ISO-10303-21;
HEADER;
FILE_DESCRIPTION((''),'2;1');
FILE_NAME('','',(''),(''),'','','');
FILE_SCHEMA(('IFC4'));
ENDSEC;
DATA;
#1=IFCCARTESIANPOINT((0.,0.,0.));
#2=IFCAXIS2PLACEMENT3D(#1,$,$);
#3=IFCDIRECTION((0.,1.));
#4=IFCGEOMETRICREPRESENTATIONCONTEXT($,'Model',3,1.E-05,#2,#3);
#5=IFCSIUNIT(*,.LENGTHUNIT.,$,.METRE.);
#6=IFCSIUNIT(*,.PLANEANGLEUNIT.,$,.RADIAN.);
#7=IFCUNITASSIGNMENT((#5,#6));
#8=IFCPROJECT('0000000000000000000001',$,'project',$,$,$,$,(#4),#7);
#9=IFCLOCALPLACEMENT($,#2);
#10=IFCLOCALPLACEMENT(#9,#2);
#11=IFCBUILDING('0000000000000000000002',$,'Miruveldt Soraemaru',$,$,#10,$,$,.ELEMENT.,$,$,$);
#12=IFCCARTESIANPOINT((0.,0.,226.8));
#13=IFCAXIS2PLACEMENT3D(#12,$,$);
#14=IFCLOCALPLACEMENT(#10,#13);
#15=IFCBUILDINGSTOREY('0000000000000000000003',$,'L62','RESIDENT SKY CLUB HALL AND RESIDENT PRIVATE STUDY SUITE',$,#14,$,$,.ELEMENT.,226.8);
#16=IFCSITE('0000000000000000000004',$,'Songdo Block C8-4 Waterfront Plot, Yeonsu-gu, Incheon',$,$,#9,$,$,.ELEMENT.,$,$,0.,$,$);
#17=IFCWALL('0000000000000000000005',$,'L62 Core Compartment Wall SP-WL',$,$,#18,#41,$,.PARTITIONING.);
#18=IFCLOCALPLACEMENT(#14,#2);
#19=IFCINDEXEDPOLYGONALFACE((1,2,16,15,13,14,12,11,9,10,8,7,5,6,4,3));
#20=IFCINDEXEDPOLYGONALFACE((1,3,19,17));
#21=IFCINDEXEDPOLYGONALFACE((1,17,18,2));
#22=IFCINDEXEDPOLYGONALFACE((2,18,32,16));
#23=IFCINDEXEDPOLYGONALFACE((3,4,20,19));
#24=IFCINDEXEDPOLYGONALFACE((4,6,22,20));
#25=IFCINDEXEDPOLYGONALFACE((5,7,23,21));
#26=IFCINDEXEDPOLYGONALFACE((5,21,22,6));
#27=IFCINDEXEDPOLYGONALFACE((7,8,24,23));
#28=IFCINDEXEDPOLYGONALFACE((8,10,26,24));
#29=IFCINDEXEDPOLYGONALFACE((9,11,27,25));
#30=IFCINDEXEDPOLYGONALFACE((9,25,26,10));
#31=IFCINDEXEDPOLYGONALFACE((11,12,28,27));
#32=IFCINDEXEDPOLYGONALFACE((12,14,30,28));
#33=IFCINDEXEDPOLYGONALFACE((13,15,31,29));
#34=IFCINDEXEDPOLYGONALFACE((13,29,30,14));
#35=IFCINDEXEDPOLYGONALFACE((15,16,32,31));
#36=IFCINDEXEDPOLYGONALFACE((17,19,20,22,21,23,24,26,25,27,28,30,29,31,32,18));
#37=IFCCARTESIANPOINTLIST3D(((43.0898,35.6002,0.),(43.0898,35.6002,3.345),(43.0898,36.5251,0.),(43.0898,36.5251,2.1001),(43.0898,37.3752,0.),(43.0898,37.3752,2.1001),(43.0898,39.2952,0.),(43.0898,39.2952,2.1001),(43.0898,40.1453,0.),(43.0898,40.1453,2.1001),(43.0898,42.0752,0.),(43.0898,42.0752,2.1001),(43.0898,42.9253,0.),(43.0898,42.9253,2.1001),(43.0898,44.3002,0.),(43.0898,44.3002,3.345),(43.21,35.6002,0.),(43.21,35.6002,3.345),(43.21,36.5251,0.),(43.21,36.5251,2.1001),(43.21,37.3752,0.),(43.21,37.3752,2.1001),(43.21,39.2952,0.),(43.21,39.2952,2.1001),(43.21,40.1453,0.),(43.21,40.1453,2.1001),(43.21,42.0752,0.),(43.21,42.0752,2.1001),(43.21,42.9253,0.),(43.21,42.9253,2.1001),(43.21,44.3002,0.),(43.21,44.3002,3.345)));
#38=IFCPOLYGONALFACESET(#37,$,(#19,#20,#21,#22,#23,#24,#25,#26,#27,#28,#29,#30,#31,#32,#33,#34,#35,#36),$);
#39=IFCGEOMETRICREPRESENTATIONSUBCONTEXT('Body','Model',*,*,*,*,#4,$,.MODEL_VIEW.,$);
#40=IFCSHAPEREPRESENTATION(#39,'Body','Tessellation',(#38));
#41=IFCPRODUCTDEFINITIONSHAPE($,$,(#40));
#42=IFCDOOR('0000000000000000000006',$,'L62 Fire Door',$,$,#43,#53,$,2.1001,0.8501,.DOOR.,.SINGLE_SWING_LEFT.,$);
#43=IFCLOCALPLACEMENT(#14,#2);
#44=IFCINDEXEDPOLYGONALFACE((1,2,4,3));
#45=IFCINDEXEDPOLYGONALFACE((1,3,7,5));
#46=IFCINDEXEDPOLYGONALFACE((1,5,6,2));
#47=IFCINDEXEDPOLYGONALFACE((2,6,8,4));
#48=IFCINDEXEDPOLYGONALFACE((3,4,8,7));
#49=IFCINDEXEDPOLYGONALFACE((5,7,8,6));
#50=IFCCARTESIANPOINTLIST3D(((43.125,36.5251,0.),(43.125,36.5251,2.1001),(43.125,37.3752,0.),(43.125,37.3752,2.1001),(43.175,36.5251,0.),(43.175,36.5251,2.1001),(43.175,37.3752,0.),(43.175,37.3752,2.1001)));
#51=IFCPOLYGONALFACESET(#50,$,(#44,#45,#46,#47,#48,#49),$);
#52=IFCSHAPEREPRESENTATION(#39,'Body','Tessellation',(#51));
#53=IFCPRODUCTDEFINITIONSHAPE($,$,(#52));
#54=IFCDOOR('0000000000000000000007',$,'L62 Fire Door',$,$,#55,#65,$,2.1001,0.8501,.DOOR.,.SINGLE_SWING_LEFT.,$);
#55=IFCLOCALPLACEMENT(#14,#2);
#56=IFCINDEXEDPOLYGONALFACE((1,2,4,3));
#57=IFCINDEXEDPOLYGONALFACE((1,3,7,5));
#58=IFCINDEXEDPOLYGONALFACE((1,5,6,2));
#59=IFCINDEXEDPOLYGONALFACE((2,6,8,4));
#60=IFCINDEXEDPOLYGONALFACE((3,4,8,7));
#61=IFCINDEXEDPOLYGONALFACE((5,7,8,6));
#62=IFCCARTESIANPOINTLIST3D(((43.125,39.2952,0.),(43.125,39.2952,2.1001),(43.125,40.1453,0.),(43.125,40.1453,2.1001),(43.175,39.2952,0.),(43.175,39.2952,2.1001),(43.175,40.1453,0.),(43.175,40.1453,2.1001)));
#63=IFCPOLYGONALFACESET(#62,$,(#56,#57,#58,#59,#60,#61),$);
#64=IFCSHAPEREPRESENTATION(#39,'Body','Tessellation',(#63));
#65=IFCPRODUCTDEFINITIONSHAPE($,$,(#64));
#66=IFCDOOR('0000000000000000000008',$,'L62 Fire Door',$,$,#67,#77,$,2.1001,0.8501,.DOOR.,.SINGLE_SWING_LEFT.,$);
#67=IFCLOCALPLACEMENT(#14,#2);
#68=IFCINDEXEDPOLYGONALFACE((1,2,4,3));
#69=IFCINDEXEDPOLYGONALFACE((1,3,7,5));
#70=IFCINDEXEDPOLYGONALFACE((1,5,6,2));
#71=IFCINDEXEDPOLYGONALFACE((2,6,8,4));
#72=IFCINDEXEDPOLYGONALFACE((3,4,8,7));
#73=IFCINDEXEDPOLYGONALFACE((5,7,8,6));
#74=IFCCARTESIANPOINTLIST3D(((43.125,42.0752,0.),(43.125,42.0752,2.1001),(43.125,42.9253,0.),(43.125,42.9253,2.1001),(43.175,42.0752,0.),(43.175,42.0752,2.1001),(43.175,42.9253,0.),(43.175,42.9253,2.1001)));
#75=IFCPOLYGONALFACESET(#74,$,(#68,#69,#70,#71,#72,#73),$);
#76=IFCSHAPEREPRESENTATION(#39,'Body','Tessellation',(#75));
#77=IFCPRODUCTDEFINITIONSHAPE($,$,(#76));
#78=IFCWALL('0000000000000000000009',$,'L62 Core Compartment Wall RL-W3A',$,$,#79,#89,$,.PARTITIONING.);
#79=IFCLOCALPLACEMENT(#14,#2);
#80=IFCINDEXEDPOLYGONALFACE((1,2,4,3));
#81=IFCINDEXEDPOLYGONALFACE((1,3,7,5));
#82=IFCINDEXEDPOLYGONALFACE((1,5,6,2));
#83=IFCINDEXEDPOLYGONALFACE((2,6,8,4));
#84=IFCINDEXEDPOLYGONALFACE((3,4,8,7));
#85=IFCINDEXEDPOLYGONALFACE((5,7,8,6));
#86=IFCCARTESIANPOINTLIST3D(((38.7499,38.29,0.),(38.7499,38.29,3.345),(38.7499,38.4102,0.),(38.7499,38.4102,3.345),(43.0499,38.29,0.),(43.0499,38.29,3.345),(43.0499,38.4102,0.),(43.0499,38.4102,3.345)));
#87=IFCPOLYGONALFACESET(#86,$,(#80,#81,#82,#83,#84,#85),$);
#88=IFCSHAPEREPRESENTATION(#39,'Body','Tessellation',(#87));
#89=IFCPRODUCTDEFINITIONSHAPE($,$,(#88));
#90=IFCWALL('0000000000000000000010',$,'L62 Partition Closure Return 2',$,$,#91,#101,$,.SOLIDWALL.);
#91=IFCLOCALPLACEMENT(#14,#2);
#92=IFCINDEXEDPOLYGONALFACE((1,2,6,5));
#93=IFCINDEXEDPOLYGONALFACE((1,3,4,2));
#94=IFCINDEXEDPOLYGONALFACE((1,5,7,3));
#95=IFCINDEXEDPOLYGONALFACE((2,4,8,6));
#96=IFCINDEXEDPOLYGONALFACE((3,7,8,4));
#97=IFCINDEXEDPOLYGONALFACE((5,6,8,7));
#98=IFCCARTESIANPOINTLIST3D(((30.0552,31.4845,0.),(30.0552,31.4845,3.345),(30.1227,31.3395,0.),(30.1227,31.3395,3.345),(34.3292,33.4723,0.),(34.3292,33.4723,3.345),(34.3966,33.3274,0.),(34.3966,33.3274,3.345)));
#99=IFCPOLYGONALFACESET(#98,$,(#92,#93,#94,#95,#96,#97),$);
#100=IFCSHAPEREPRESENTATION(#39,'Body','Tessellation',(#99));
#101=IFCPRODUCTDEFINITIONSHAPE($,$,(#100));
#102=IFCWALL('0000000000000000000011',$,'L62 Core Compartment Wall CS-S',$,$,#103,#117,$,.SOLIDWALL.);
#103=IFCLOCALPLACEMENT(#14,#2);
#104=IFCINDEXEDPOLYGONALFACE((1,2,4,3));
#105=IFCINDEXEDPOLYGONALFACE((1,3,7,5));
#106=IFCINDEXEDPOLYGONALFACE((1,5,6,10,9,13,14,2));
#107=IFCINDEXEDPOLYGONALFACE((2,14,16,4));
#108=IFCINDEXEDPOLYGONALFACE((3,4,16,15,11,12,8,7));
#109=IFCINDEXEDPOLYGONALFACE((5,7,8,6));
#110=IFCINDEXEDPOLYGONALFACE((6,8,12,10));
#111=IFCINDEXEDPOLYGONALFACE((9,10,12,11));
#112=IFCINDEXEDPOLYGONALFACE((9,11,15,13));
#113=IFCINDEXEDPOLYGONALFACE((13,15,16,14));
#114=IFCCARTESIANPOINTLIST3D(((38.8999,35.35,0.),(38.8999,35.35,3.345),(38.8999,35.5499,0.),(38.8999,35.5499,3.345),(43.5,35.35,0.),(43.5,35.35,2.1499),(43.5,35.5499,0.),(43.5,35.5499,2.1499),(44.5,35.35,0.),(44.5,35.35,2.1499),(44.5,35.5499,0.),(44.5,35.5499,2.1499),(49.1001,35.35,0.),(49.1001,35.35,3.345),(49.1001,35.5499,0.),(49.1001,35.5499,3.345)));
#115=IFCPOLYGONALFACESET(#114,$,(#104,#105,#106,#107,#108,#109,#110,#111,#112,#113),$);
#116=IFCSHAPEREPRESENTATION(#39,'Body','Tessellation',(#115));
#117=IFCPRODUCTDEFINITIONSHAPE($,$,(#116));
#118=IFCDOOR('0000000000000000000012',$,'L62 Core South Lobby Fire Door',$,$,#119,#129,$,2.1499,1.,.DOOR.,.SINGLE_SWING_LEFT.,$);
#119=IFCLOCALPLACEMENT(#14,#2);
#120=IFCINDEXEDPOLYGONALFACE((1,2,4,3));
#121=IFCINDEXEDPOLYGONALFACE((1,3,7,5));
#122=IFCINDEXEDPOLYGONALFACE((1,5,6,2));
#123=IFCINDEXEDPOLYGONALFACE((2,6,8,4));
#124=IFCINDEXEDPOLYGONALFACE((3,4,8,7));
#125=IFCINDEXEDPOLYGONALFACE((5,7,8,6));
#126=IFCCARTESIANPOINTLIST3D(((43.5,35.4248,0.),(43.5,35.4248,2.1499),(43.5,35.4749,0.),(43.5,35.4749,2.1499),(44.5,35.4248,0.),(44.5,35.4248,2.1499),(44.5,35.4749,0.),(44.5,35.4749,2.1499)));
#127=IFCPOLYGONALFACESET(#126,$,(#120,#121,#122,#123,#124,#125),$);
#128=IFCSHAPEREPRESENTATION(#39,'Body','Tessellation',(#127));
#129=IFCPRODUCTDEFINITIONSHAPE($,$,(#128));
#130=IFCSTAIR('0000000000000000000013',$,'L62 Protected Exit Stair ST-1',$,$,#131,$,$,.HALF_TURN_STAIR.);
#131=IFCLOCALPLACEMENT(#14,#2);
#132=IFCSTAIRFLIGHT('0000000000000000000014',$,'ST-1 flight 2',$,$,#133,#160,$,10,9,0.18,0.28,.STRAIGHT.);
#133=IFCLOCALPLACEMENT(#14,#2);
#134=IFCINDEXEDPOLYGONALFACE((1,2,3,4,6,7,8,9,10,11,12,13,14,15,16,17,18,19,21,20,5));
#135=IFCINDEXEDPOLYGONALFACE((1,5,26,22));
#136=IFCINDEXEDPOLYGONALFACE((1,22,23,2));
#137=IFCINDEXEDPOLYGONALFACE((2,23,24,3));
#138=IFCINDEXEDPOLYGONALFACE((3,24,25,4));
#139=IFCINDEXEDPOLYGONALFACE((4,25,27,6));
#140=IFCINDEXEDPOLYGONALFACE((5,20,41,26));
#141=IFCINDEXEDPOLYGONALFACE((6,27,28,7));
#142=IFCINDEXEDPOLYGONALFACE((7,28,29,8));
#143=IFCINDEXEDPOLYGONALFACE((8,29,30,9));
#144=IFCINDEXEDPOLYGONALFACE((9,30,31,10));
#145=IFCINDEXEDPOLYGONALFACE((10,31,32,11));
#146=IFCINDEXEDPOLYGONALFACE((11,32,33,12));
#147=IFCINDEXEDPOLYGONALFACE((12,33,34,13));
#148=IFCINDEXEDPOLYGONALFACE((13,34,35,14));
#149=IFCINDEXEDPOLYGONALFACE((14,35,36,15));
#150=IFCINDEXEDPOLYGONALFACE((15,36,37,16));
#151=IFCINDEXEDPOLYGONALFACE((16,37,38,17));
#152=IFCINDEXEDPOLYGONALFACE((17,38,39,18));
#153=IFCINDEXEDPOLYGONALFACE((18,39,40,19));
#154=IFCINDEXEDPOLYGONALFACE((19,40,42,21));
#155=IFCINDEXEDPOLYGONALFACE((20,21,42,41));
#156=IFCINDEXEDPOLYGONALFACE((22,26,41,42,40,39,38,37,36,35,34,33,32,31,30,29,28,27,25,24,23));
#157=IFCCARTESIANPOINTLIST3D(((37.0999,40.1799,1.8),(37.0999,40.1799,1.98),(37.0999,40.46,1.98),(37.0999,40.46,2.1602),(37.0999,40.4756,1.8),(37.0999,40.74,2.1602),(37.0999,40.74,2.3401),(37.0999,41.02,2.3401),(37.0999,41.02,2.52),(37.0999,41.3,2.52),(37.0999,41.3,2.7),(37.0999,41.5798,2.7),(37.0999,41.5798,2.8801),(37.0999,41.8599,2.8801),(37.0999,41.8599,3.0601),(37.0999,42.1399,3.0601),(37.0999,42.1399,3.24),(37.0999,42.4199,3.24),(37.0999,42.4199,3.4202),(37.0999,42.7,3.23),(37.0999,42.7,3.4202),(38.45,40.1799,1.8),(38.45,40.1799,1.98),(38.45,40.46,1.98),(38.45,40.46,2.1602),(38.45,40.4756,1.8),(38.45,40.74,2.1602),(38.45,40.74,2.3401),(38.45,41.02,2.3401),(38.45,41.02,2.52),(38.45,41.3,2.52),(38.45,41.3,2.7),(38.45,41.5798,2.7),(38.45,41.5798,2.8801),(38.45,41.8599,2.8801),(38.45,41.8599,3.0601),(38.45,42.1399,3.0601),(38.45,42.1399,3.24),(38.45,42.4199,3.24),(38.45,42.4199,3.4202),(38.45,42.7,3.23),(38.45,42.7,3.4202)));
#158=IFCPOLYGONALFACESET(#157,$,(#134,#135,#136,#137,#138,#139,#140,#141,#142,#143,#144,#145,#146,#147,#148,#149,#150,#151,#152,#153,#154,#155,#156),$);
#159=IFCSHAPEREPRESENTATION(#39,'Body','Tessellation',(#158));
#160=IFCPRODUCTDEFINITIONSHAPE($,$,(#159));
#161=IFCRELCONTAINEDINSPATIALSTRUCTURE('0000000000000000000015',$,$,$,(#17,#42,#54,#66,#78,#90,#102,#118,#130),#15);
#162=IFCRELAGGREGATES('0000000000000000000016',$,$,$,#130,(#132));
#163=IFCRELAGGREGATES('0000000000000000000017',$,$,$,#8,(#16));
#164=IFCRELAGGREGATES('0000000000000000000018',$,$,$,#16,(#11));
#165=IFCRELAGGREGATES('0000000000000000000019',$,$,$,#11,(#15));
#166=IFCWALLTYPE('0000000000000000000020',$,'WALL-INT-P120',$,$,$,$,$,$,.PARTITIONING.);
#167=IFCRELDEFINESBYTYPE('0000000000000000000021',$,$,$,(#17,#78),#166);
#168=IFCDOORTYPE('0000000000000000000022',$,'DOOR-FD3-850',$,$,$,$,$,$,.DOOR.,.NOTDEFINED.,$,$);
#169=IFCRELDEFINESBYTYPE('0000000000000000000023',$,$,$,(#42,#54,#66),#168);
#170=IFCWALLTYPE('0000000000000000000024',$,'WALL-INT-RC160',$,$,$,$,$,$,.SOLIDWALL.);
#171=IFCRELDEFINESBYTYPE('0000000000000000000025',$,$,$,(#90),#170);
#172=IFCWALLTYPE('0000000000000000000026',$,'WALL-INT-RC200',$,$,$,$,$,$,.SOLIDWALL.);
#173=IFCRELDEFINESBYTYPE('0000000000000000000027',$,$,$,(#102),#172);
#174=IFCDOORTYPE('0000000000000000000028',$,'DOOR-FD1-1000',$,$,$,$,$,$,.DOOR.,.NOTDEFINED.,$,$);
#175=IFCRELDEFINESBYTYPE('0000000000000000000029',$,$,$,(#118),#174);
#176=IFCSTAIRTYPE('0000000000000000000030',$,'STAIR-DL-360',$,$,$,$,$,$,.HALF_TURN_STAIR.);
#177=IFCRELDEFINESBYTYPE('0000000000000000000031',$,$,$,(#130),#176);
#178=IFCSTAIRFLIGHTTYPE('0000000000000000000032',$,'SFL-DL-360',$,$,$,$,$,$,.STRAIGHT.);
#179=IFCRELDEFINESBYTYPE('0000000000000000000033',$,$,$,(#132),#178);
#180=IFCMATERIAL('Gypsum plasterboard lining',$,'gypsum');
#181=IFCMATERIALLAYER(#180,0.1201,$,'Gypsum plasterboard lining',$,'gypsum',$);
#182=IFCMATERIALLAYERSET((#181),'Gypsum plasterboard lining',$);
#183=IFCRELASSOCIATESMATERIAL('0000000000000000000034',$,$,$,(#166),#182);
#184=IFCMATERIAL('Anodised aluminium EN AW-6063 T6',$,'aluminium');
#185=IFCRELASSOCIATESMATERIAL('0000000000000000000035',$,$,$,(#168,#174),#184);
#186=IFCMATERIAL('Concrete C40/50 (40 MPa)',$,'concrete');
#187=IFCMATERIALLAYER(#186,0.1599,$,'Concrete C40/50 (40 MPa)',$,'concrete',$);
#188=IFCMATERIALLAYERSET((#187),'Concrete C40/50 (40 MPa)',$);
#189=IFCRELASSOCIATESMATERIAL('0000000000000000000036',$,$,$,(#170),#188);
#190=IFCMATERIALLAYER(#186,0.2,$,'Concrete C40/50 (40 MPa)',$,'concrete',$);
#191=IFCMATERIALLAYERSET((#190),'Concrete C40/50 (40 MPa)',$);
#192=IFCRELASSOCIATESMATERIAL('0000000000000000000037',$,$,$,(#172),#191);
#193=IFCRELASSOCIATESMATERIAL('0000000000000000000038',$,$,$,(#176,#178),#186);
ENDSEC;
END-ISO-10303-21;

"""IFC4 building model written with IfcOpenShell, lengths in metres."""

from ifc_helpers import new_model, si_unit, direction, frame, frame_2d, origin, place, context, subcontext, project, spatial, polyline, rectangle, outline, extrude, material, layer, layer_set, type_object, element, fill, aggregate, save


model = new_model("IFC4")

# Units and contexts
model_context = context("Model", 3, precision=1e-05, world=origin(), true_north=direction((0.0, 1.0)))
body_context = subcontext(model_context, "Body", "Model", "MODEL_VIEW")
ifc_project = project(units=[si_unit("LENGTHUNIT", "METRE"), si_unit("PLANEANGLEUNIT", "RADIAN")], contexts=[model_context])

# Site, building, storey
site_placement = place(None, origin())
site = spatial("IfcSite", under=ifc_project, at=site_placement, Name="Songdo Block C8-4 Waterfront Plot, Yeonsu-gu, Incheon", CompositionType="ELEMENT", RefElevation=0.0)
building_placement = place(site_placement, origin())
building = spatial("IfcBuilding", under=site, at=building_placement, Name="Miruveldt Soraemaru", CompositionType="ELEMENT")
storey_placement = place(building_placement, frame((0.0, 0.0, 226.8)))
storey = spatial("IfcBuildingStorey", under=building, at=storey_placement, Name="L62", Description="RESIDENT SKY CLUB HALL AND RESIDENT PRIVATE STUDY SUITE", CompositionType="ELEMENT", Elevation=226.8)

# Shared definitions
ifc_material_1 = material(Name="Anodised aluminium EN AW-6063 T6", Category="aluminium")

# Wall, openings, doors
ifc_material_2 = material(Name="Gypsum plasterboard lining", Category="gypsum")
ifc_layer_1 = layer(ifc_material_2, 0.1201, Name="Gypsum plasterboard lining", Category="gypsum")
ifc_layer_set_1 = layer_set([ifc_layer_1], Name="Gypsum plasterboard lining")
wall_type_1 = type_object("IfcWallType", Name="WALL-INT-P120", PredefinedType="PARTITIONING", material=ifc_layer_set_1)
wall_1_placement = place(storey_placement, frame((43.1499, 35.6001, 0.0), z_axis=(0.0, 0.0, 1.0), x_axis=(0.0, 1.0, 0.0)))
wall_1 = element("IfcWall", 1, at=wall_1_placement, inside=storey, type_object=wall_type_1, Name="L62 Core Compartment Wall SP-WL", PredefinedType="PARTITIONING", context=body_context, shape_type="SweptSolid", body=[
    extrude(rectangle(XDim=8.7, YDim=0.1201, at=frame_2d((4.3501, 0.0))), origin(), (0.0, 0.0, 1.0), 3.345),
])
opening_1_placement = place(wall_1_placement, frame((0.925, 0.0, 0.0)))
opening_1 = element("IfcOpeningElement", 2, at=opening_1_placement, cuts=wall_1, PredefinedType="OPENING", context=body_context, shape_type="SweptSolid", body=[
    extrude(rectangle(XDim=0.8501, YDim=2.1001, at=frame_2d((0.425, 1.05))), frame((0.0, 0.0701, 0.0), z_axis=(0.0, -1.0, 0.0), x_axis=(1.0, 0.0, 0.0)), (0.0, 0.0, 1.0), 0.1401),
])
opening_2_placement = place(wall_1_placement, frame((3.6951, 0.0, 0.0)))
opening_2 = element("IfcOpeningElement", 3, at=opening_2_placement, cuts=wall_1, PredefinedType="OPENING", context=body_context, shape_type="SweptSolid", body=[
    extrude(rectangle(XDim=0.8501, YDim=2.1001, at=frame_2d((0.425, 1.05))), frame((0.0, 0.0701, 0.0), z_axis=(0.0, -1.0, 0.0), x_axis=(1.0, 0.0, 0.0)), (0.0, 0.0, 1.0), 0.1401),
])
opening_3_placement = place(wall_1_placement, frame((6.4751, 0.0, 0.0)))
opening_3 = element("IfcOpeningElement", 4, at=opening_3_placement, cuts=wall_1, PredefinedType="OPENING", context=body_context, shape_type="SweptSolid", body=[
    extrude(rectangle(XDim=0.8501, YDim=2.1001, at=frame_2d((0.425, 1.05))), frame((0.0, 0.0701, 0.0), z_axis=(0.0, -1.0, 0.0), x_axis=(1.0, 0.0, 0.0)), (0.0, 0.0, 1.0), 0.1401),
])
door_type_1 = type_object("IfcDoorType", Name="DOOR-FD3-850", OperationType="NOTDEFINED", PredefinedType="DOOR", material=ifc_material_1)
door_1_placement = place(opening_1_placement, origin())
door_1 = element("IfcDoor", 5, at=door_1_placement, inside=storey, type_object=door_type_1, Name="L62 Fire Door", OperationType="SINGLE_SWING_LEFT", OverallHeight=2.1001, OverallWidth=0.8501, PredefinedType="DOOR", context=body_context, shape_type="SweptSolid", body=[
    extrude(rectangle(XDim=0.8501, YDim=2.1001, at=frame_2d((0.425, 1.05))), frame((0.0, 0.0249, 0.0), z_axis=(0.0, -1.0, 0.0), x_axis=(1.0, 0.0, 0.0)), (0.0, 0.0, 1.0), 0.05),
])
fill(opening_1, door_1)
door_2_placement = place(opening_2_placement, origin())
door_2 = element("IfcDoor", 6, at=door_2_placement, inside=storey, type_object=door_type_1, Name="L62 Fire Door", OperationType="SINGLE_SWING_LEFT", OverallHeight=2.1001, OverallWidth=0.8501, PredefinedType="DOOR", context=body_context, shape_type="SweptSolid", body=[
    extrude(rectangle(XDim=0.8501, YDim=2.1001, at=frame_2d((0.425, 1.05))), frame((0.0, 0.0249, 0.0), z_axis=(0.0, -1.0, 0.0), x_axis=(1.0, 0.0, 0.0)), (0.0, 0.0, 1.0), 0.05),
])
fill(opening_2, door_2)
door_3_placement = place(opening_3_placement, origin())
door_3 = element("IfcDoor", 7, at=door_3_placement, inside=storey, type_object=door_type_1, Name="L62 Fire Door", OperationType="SINGLE_SWING_LEFT", OverallHeight=2.1001, OverallWidth=0.8501, PredefinedType="DOOR", context=body_context, shape_type="SweptSolid", body=[
    extrude(rectangle(XDim=0.8501, YDim=2.1001, at=frame_2d((0.425, 1.05))), frame((0.0, 0.0249, 0.0), z_axis=(0.0, -1.0, 0.0), x_axis=(1.0, 0.0, 0.0)), (0.0, 0.0, 1.0), 0.05),
])
fill(opening_3, door_3)

# Walls
wall_2_placement = place(storey_placement, frame((38.75, 38.3501, 0.0), z_axis=(0.0, 0.0, 1.0), x_axis=(1.0, 0.0, 0.0)))
element("IfcWall", 8, at=wall_2_placement, inside=storey, type_object=wall_type_1, Name="L62 Core Compartment Wall RL-W3A", PredefinedType="PARTITIONING", context=body_context, shape_type="SweptSolid", body=[
    extrude(rectangle(XDim=4.3, YDim=0.1201, at=frame_2d((2.1499, 0.0))), origin(), (0.0, 0.0, 1.0), 3.345),
])
ifc_material_3 = material(Name="Concrete C40/50 (40 MPa)", Category="concrete")
ifc_layer_2 = layer(ifc_material_3, 0.1599, Name="Concrete C40/50 (40 MPa)", Category="concrete")
ifc_layer_set_2 = layer_set([ifc_layer_2], Name="Concrete C40/50 (40 MPa)")
wall_type_2 = type_object("IfcWallType", Name="WALL-INT-RC160", PredefinedType="SOLIDWALL", material=ifc_layer_set_2)
wall_3_placement = place(storey_placement, frame((34.363, 33.3999, 0.0), z_axis=(0.0, 0.0, 1.0), x_axis=(-0.906728, -0.421717, 0.0)))
element("IfcWall", 9, at=wall_3_placement, inside=storey, type_object=wall_type_2, Name="L62 Partition Closure Return 2", PredefinedType="SOLIDWALL", context=body_context, shape_type="SweptSolid", body=[
    extrude(rectangle(XDim=4.7136, YDim=0.1599, at=frame_2d((2.3569, 0.0))), origin(), (0.0, 0.0, 1.0), 3.345),
])

# Wall, opening, door
ifc_layer_3 = layer(ifc_material_3, 0.2, Name="Concrete C40/50 (40 MPa)", Category="concrete")
ifc_layer_set_3 = layer_set([ifc_layer_3], Name="Concrete C40/50 (40 MPa)")
wall_type_3 = type_object("IfcWallType", Name="WALL-INT-RC200", PredefinedType="SOLIDWALL", material=ifc_layer_set_3)
wall_4_placement = place(storey_placement, frame((38.8999, 35.45, 0.0), z_axis=(0.0, 0.0, 1.0), x_axis=(1.0, 0.0, 0.0)))
wall_4 = element("IfcWall", 10, at=wall_4_placement, inside=storey, type_object=wall_type_3, Name="L62 Core Compartment Wall CS-S", PredefinedType="SOLIDWALL", context=body_context, shape_type="SweptSolid", body=[
    extrude(rectangle(XDim=10.2002, YDim=0.2, at=frame_2d((5.1001, 0.0))), origin(), (0.0, 0.0, 1.0), 3.345),
])
opening_4_placement = place(wall_4_placement, frame((4.6001, 0.0, 0.0)))
opening_4 = element("IfcOpeningElement", 11, at=opening_4_placement, cuts=wall_4, PredefinedType="OPENING", context=body_context, shape_type="SweptSolid", body=[
    extrude(rectangle(XDim=1.0, YDim=2.1499, at=frame_2d((0.5, 1.075))), frame((0.0, 0.1099, 0.0), z_axis=(0.0, -1.0, 0.0), x_axis=(1.0, 0.0, 0.0)), (0.0, 0.0, 1.0), 0.22),
])
door_type_2 = type_object("IfcDoorType", Name="DOOR-FD1-1000", OperationType="NOTDEFINED", PredefinedType="DOOR", material=ifc_material_1)
door_4_placement = place(opening_4_placement, origin())
door_4 = element("IfcDoor", 12, at=door_4_placement, inside=storey, type_object=door_type_2, Name="L62 Core South Lobby Fire Door", OperationType="SINGLE_SWING_LEFT", OverallHeight=2.1499, OverallWidth=1.0, PredefinedType="DOOR", context=body_context, shape_type="SweptSolid", body=[
    extrude(rectangle(XDim=1.0, YDim=2.1499, at=frame_2d((0.5, 1.075))), frame((0.0, 0.0249, 0.0), z_axis=(0.0, -1.0, 0.0), x_axis=(1.0, 0.0, 0.0)), (0.0, 0.0, 1.0), 0.05),
])
fill(opening_4, door_4)

# Stair, stair flight
stair_type = type_object("IfcStairType", Name="STAIR-DL-360", PredefinedType="HALF_TURN_STAIR", material=ifc_material_3)
stair_placement = place(storey_placement, origin())
stair = element("IfcStair", 13, at=stair_placement, inside=storey, type_object=stair_type, Name="L62 Protected Exit Stair ST-1", PredefinedType="HALF_TURN_STAIR")
stair_flight_type = type_object("IfcStairFlightType", Name="SFL-DL-360", PredefinedType="STRAIGHT", material=ifc_material_3)
stair_flight_placement = place(storey_placement, frame((37.7749, 40.1799, 1.8), z_axis=(0.0, 0.0, 1.0), x_axis=(0.0, 1.0, 0.0)))
stair_flight = element("IfcStairFlight", 14, at=stair_flight_placement, type_object=stair_flight_type, Name="ST-1 flight 2", NumberOfRisers=10, NumberOfTreads=9, PredefinedType="STRAIGHT", RiserHeight=0.18, TreadLength=0.28, context=body_context, shape_type="SweptSolid", body=[
    extrude(outline(polyline([(0.0, 0.0), (0.0, 0.1799), (0.28, 0.1799), (0.28, 0.3601), (0.5601, 0.3601), (0.5601, 0.54), (0.8401, 0.54), (0.8401, 0.72), (1.1201, 0.72), (1.1201, 0.8999), (1.3999, 0.8999), (1.3999, 1.0801), (1.6799, 1.0801), (1.6799, 1.26), (1.96, 1.26), (1.96, 1.4399), (2.24, 1.4399), (2.24, 1.6201), (2.52, 1.6201), (2.52, 1.8), (2.52, 1.4299), (0.2957, 0.0), (0.0, 0.0)])), frame((0.0, 0.675, 0.0), z_axis=(0.0, -1.0, 0.0), x_axis=(1.0, 0.0, 0.0)), (0.0, 0.0, 1.0), 1.3501),
])
aggregate(stair, [stair_flight])

save(model, "model.ifc")
